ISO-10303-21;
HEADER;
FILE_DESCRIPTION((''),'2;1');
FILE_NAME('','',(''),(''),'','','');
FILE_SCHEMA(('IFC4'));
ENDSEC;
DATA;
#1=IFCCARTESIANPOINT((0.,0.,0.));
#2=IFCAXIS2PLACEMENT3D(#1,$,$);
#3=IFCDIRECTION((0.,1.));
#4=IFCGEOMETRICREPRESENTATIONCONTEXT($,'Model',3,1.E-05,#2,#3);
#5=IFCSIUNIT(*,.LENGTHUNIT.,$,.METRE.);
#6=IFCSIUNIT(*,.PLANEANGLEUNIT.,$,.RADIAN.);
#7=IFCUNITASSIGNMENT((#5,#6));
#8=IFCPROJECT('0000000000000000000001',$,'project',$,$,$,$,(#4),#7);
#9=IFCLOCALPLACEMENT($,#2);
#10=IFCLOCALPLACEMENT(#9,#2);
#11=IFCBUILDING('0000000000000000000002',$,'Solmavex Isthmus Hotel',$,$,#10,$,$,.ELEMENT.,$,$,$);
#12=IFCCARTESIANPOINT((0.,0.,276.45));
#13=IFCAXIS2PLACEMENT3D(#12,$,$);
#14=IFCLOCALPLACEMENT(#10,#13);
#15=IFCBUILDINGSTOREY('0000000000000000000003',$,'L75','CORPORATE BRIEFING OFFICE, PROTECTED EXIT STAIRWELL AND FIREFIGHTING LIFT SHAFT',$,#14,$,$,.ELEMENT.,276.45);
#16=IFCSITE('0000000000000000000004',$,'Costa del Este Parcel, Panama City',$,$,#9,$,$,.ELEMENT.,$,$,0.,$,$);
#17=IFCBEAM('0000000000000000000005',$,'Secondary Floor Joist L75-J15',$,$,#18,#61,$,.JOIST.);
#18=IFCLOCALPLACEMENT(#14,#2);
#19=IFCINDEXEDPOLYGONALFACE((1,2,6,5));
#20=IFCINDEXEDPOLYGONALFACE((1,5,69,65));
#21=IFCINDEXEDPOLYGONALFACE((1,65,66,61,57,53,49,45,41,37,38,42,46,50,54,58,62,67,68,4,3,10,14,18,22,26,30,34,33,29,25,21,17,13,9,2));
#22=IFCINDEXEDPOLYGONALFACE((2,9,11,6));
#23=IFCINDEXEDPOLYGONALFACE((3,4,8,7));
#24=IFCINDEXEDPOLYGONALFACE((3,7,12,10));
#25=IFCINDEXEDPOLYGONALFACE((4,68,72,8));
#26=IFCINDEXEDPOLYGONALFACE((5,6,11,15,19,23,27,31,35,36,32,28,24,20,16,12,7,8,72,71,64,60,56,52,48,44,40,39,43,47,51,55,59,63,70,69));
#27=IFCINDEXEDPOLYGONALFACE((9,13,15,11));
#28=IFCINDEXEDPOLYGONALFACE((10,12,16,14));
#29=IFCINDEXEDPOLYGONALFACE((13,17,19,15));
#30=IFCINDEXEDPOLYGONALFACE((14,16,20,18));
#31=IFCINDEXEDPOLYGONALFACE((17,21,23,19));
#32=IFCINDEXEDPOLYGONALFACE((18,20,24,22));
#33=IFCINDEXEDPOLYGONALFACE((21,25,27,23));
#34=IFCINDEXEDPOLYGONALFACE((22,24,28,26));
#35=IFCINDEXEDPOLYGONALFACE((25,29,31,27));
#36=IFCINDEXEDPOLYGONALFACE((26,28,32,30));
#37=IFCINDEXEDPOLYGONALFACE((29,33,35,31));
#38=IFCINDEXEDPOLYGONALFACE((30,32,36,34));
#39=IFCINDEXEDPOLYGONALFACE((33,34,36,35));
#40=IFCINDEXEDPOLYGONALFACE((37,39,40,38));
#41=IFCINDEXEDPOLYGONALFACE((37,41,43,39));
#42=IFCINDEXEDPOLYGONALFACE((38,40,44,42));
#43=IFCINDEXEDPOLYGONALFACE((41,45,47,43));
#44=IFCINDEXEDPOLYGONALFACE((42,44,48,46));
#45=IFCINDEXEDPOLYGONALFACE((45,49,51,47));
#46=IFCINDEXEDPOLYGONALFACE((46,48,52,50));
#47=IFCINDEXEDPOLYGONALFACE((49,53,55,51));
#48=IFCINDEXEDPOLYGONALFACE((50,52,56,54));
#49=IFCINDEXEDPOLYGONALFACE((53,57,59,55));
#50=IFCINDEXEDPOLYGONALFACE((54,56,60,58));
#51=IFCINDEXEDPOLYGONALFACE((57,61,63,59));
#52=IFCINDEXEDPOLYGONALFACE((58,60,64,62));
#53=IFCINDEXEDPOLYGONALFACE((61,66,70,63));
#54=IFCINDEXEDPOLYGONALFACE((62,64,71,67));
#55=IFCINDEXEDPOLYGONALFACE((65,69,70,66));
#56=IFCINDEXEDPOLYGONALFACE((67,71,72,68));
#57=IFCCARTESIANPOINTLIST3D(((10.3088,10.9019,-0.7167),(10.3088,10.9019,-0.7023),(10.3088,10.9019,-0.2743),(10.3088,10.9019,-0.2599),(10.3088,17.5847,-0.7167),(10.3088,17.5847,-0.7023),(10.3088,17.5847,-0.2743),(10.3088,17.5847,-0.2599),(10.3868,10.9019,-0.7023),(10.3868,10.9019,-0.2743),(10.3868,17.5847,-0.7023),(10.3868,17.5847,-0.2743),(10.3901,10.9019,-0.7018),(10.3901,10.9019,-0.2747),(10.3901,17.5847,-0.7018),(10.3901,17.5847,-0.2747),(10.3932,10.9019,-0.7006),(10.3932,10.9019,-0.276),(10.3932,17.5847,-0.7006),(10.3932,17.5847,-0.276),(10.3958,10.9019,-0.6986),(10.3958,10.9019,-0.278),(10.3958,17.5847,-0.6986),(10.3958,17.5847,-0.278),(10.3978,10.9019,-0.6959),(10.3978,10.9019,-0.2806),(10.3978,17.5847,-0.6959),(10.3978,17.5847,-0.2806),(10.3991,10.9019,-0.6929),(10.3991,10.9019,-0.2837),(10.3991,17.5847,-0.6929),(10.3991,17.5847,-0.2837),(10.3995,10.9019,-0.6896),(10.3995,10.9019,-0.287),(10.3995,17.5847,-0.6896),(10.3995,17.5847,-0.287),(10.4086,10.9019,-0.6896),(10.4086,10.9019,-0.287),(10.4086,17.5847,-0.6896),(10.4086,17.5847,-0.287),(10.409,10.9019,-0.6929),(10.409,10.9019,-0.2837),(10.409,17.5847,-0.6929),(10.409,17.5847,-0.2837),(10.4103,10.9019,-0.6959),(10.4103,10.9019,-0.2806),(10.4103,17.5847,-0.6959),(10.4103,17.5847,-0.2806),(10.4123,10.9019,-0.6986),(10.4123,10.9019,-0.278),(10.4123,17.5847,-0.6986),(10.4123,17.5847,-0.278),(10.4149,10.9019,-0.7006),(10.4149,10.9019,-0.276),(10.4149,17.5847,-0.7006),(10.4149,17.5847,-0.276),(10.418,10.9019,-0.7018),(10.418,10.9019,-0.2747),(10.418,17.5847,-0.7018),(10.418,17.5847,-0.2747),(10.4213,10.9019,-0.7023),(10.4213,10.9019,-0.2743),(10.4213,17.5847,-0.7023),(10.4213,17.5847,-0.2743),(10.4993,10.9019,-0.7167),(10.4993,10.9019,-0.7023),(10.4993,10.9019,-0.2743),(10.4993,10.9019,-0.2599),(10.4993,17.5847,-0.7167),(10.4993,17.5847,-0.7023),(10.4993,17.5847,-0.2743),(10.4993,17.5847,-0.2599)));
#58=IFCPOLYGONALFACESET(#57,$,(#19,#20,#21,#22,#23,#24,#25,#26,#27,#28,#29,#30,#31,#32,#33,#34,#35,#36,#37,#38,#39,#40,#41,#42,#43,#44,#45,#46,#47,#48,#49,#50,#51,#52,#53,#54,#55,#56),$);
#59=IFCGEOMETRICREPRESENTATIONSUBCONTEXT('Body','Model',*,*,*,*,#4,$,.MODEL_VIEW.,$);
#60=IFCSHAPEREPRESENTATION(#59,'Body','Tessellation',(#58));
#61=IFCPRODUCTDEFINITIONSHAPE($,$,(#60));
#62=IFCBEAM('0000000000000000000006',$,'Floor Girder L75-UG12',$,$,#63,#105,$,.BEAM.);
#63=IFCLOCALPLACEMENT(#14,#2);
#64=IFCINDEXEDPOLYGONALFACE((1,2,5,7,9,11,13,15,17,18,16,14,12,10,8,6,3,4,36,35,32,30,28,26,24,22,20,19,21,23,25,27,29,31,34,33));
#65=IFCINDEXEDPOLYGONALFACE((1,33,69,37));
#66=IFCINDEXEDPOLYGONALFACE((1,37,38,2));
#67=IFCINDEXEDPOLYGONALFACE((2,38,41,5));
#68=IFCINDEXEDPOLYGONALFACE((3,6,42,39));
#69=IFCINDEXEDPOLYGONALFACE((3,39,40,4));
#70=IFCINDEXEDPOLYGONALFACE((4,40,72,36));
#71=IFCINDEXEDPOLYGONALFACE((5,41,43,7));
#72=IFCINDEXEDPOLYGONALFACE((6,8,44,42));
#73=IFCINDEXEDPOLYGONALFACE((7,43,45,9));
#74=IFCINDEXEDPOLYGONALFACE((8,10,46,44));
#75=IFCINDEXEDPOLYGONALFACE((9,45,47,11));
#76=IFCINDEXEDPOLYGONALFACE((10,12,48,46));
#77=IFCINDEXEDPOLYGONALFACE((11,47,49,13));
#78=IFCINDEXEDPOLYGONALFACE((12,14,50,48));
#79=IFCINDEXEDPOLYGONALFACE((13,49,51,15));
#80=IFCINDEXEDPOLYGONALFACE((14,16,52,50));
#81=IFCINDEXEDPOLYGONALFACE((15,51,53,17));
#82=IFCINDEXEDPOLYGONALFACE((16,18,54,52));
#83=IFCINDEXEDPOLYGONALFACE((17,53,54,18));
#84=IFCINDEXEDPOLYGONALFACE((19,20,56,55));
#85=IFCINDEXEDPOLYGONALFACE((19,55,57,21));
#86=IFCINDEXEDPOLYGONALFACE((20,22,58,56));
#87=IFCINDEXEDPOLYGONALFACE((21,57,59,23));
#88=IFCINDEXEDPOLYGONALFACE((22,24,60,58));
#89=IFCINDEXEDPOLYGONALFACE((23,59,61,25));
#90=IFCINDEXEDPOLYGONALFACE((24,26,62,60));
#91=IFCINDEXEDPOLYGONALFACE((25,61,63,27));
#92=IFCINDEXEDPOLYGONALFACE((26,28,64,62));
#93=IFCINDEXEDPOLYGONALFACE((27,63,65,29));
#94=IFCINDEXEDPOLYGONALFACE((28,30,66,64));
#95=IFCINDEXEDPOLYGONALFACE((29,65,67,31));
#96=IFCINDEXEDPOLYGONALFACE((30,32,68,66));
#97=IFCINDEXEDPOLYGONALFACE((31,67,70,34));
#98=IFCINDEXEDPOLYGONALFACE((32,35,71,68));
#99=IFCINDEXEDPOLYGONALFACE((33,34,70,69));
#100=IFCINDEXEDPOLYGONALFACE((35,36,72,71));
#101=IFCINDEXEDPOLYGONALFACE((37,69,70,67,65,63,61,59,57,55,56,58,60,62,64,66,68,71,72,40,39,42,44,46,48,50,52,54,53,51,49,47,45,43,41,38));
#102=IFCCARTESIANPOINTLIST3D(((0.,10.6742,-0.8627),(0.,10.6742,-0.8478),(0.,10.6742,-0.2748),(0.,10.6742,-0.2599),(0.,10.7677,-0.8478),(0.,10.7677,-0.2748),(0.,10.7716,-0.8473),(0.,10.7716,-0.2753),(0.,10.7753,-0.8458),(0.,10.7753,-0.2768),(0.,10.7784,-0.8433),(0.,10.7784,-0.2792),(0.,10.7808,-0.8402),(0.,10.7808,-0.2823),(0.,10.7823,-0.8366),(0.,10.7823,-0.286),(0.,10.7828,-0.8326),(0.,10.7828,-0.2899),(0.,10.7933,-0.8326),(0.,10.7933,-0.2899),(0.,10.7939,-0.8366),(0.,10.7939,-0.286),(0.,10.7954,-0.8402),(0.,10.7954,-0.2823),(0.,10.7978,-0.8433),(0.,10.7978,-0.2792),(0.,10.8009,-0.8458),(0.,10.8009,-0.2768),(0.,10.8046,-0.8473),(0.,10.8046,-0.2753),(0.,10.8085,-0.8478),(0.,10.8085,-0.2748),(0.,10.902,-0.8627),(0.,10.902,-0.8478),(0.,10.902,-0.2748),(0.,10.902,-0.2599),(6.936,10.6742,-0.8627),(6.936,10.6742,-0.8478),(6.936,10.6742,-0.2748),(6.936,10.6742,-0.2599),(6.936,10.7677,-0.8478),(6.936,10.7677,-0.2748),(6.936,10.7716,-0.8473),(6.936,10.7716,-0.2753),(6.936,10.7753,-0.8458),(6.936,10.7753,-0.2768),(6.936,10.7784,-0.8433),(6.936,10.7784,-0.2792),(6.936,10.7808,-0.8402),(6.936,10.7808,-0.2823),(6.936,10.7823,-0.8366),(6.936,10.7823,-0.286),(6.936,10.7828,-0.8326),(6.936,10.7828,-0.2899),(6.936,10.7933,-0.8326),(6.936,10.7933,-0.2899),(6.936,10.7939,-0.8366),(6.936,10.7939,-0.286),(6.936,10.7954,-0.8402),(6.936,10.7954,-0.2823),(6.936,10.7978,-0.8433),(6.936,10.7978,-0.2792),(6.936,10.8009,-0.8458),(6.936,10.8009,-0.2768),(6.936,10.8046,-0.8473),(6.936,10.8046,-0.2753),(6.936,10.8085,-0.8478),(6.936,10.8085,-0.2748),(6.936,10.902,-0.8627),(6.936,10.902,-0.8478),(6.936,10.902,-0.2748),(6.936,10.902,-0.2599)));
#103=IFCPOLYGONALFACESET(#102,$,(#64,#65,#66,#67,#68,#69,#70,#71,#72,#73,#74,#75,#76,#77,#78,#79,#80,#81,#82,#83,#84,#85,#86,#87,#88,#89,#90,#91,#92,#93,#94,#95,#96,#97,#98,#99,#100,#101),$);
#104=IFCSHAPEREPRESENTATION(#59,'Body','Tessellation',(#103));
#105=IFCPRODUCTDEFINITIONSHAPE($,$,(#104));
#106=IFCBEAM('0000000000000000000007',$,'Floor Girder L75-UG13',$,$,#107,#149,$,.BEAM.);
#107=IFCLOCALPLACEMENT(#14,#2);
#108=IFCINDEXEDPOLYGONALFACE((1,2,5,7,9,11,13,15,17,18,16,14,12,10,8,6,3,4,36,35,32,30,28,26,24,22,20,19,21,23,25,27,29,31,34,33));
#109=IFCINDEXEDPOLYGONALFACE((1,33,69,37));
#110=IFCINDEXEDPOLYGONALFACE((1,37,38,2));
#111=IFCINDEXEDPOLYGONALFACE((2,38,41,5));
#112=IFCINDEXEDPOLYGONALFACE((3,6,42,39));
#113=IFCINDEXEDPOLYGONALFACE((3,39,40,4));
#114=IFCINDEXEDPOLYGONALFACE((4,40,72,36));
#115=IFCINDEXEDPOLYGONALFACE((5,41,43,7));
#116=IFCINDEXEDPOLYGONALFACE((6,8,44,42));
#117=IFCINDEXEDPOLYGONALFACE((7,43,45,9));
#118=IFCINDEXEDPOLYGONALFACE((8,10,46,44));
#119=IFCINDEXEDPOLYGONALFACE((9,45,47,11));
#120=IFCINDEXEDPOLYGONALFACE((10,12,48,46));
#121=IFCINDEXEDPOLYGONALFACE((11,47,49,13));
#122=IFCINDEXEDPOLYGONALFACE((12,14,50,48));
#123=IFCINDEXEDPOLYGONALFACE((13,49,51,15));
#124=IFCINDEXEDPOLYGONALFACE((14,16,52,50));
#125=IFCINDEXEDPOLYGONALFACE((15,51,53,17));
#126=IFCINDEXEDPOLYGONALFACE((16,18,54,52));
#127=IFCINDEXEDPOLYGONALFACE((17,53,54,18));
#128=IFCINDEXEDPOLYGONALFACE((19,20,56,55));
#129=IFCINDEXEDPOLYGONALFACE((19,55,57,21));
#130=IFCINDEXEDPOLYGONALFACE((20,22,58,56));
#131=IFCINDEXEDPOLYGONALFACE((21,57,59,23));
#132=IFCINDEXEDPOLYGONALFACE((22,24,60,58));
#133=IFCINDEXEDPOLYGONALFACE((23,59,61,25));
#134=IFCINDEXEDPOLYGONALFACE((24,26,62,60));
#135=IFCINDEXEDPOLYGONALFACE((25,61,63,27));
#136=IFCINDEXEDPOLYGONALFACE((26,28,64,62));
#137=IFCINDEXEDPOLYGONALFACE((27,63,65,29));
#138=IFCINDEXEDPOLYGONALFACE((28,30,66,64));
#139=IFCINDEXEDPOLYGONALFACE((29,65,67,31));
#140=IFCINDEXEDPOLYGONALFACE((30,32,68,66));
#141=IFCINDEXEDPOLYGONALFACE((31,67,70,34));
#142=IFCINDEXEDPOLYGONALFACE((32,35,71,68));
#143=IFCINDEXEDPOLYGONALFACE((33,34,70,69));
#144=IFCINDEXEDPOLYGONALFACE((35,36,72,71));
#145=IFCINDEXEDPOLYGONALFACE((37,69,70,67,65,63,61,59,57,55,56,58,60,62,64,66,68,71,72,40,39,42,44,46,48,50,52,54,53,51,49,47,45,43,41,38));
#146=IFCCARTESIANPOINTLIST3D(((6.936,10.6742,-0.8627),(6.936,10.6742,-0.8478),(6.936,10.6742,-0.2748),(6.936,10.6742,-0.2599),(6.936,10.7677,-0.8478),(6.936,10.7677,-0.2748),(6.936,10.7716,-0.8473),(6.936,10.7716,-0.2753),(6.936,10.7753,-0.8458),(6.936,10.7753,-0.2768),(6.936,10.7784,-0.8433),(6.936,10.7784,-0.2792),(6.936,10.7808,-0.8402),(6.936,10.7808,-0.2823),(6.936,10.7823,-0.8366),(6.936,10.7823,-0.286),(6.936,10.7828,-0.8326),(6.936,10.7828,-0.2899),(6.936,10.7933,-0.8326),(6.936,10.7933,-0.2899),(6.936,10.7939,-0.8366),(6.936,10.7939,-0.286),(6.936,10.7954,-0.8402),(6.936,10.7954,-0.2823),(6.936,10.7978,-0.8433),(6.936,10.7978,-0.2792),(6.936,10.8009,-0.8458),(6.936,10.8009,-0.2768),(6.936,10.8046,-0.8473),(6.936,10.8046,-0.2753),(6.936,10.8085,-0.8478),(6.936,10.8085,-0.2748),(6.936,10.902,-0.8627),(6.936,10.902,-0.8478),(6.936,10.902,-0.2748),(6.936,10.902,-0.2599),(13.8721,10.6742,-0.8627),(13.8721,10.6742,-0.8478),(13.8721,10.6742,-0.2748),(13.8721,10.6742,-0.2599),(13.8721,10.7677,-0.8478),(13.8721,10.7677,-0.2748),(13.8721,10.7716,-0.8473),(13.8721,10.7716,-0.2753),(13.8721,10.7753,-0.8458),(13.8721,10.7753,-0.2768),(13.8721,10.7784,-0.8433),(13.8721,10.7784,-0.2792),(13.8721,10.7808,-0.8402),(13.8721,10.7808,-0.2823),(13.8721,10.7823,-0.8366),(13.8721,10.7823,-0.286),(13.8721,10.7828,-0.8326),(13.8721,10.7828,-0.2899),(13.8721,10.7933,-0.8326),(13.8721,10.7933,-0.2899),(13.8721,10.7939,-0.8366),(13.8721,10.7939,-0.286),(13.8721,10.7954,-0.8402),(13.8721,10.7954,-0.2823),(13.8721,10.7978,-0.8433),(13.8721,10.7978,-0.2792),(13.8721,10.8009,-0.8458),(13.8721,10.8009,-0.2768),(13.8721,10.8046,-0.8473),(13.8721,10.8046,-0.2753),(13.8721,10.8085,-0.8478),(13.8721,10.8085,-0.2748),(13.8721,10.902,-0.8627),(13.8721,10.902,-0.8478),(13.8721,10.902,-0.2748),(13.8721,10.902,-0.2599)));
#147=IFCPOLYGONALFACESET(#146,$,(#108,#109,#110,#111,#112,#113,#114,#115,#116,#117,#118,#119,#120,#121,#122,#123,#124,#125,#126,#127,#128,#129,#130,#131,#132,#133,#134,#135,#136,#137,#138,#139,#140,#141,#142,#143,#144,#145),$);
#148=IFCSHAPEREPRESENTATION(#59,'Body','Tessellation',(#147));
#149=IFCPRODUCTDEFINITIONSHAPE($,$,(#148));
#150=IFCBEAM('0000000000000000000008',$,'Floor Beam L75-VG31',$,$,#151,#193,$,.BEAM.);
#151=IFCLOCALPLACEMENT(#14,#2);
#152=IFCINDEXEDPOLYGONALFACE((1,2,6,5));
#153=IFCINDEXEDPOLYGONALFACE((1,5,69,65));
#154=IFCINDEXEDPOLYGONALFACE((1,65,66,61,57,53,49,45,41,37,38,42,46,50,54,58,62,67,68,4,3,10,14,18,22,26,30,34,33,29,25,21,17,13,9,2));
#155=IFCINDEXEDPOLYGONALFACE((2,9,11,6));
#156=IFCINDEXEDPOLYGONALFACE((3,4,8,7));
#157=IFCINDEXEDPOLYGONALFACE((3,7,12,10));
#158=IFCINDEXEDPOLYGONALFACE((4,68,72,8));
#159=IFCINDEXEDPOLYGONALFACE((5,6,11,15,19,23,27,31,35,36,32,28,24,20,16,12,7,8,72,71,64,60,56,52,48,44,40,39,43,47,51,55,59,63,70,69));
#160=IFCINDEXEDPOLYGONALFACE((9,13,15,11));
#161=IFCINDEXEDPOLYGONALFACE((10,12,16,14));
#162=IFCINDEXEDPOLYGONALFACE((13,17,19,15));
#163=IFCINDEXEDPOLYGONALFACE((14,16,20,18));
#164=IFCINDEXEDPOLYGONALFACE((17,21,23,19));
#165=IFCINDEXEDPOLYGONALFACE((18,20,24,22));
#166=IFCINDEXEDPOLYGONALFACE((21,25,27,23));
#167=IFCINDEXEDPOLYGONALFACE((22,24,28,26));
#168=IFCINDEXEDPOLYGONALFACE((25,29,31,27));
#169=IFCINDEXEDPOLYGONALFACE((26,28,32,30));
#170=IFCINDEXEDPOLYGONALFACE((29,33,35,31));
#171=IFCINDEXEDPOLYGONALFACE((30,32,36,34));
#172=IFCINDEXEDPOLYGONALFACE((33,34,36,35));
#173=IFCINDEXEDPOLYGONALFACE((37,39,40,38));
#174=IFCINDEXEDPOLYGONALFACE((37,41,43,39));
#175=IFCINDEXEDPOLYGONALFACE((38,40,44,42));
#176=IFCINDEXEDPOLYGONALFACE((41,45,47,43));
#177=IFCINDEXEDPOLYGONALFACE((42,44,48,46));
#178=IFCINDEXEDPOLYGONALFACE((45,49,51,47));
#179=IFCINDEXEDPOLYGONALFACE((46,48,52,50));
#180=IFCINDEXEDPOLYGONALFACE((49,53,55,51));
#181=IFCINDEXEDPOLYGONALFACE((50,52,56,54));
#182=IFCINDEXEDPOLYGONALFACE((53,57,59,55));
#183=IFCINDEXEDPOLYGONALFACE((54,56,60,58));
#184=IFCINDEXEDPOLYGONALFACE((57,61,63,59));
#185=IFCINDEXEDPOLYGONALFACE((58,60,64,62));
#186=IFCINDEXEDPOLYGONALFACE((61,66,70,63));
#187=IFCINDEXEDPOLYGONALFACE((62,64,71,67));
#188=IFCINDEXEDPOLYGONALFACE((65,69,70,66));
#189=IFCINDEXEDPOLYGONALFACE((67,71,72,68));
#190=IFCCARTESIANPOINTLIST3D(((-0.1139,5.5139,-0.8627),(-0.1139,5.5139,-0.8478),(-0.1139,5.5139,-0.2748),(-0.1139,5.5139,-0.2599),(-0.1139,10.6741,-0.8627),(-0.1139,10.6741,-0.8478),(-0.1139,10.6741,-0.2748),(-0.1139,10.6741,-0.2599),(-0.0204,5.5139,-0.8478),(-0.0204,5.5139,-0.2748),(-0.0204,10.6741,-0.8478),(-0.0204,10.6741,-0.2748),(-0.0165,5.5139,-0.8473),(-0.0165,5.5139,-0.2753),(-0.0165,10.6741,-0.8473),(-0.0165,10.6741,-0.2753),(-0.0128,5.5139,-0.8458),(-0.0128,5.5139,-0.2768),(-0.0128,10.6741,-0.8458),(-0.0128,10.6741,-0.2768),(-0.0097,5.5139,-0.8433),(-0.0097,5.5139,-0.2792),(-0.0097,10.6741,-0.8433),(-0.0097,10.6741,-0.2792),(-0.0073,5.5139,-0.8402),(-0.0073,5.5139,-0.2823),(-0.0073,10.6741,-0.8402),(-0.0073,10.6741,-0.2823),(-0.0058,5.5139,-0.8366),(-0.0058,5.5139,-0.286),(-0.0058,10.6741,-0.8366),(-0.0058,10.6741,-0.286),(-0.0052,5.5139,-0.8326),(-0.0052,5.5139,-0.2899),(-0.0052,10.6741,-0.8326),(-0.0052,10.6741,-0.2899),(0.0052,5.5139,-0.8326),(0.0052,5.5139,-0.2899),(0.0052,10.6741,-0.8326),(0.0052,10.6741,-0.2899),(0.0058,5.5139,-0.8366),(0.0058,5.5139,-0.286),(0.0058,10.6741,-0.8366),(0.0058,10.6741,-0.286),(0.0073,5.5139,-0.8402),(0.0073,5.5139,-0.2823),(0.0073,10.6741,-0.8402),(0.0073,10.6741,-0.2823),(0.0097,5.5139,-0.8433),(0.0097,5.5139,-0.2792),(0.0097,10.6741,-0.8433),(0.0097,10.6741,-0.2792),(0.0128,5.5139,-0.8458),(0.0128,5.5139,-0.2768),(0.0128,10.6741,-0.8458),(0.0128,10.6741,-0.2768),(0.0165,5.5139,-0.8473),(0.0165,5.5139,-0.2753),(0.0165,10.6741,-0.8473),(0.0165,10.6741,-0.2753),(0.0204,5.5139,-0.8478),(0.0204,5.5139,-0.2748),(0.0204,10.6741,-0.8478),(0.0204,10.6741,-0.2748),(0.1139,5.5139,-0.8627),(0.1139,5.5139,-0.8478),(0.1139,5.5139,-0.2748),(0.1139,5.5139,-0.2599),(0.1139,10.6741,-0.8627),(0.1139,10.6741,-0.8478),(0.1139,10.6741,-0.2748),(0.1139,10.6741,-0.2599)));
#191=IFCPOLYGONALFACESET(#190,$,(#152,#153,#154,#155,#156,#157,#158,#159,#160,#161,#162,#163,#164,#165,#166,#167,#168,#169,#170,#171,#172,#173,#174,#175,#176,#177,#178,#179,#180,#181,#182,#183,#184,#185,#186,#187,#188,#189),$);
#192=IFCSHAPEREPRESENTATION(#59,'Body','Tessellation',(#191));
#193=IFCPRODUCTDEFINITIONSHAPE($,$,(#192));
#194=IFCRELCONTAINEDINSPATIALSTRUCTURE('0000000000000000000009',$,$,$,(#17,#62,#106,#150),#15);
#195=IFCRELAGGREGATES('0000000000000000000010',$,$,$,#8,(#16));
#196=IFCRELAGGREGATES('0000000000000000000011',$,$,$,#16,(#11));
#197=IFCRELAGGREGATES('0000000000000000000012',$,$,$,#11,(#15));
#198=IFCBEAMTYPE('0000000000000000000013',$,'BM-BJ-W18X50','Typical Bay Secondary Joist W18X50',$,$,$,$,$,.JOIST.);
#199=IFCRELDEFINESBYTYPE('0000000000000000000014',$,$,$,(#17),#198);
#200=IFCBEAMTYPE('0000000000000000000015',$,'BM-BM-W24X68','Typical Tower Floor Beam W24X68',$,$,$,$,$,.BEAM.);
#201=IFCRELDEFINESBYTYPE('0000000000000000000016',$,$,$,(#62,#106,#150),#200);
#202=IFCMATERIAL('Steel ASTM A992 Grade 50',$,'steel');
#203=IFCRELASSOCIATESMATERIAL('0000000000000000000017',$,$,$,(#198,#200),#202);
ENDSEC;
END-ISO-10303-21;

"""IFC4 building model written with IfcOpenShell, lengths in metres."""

from ifc_helpers import new_model, si_unit, direction, frame, origin, origin_2d, place, context, subcontext, project, spatial, i_section, extrude, material, material_profile, profile_set, type_object, element, save


model = new_model("IFC4")

# Units and contexts
model_context = context("Model", 3, precision=1e-05, world=origin(), true_north=direction((0.0, 1.0)))
body_context = subcontext(model_context, "Body", "Model", "MODEL_VIEW")
ifc_project = project(units=[si_unit("LENGTHUNIT", "METRE"), si_unit("PLANEANGLEUNIT", "RADIAN")], contexts=[model_context])

# Site, building, storey
site_placement = place(None, origin())
site = spatial("IfcSite", under=ifc_project, at=site_placement, Name="Costa del Este Parcel, Panama City", CompositionType="ELEMENT", RefElevation=0.0)
building_placement = place(site_placement, origin())
building = spatial("IfcBuilding", under=site, at=building_placement, Name="Solmavex Isthmus Hotel", CompositionType="ELEMENT")
storey_placement = place(building_placement, frame((0.0, 0.0, 276.45)))
storey = spatial("IfcBuildingStorey", under=building, at=storey_placement, Name="L75", Description="CORPORATE BRIEFING OFFICE, PROTECTED EXIT STAIRWELL AND FIREFIGHTING LIFT SHAFT", CompositionType="ELEMENT", Elevation=276.45)

# Beams
ifc_material_1 = material(Name="Steel ASTM A992 Grade 50", Category="steel")
ifc_material_profile_1 = material_profile(ifc_material_1, i_section(OverallWidth=0.1904, OverallDepth=0.4568, WebThickness=0.009, FlangeThickness=0.0144, FilletRadius=0.0127, at=origin_2d()), Name="W18X50")
ifc_profile_set_1 = profile_set([ifc_material_profile_1], Name="Steel ASTM A992 Grade 50")
beam_type_1 = type_object("IfcBeamType", Name="BM-BJ-W18X50", Description="Typical Bay Secondary Joist W18X50", PredefinedType="JOIST", material=ifc_profile_set_1)
beam_1_placement = place(storey_placement, frame((10.4041, 10.9019, -0.4883), z_axis=(0.0, 1.0, 0.0), x_axis=(-1.0, 0.0, 0.0)))
element("IfcBeam", 1, at=beam_1_placement, inside=storey, type_object=beam_type_1, Name="Secondary Floor Joist L75-J15", PredefinedType="JOIST", context=body_context, shape_type="SweptSolid", body=[
    extrude(i_section(OverallWidth=0.1904, OverallDepth=0.4568, WebThickness=0.009, FlangeThickness=0.0144, FilletRadius=0.0127, at=origin_2d()), origin(), (0.0, 0.0, 1.0), 6.6829),
])
ifc_material_profile_2 = material_profile(ifc_material_1, i_section(OverallWidth=0.2278, OverallDepth=0.6028, WebThickness=0.0105, FlangeThickness=0.0149, FilletRadius=0.0151, at=origin_2d()), Name="W24X68")
ifc_profile_set_2 = profile_set([ifc_material_profile_2], Name="Steel ASTM A992 Grade 50")
beam_type_2 = type_object("IfcBeamType", Name="BM-BM-W24X68", Description="Typical Tower Floor Beam W24X68", PredefinedType="BEAM", material=ifc_profile_set_2)
for number, where, z_axis, x_axis, name in (
    (2, (0.0, 10.7881, -0.5613), (1.0, 0.0, 0.0), (0.0, 1.0, 0.0), "Floor Girder L75-UG12"),
    (3, (6.936, 10.7881, -0.5613), (1.0, 0.0, 0.0), (0.0, 1.0, 0.0), "Floor Girder L75-UG13"),
):
    element("IfcBeam", number, at=place(storey_placement, frame(where, z_axis=z_axis, x_axis=x_axis)), inside=storey, type_object=beam_type_2, Name=name, PredefinedType="BEAM", context=body_context, shape_type="SweptSolid", body=[
        extrude(i_section(OverallWidth=0.2278, OverallDepth=0.6028, WebThickness=0.0105, FlangeThickness=0.0149, FilletRadius=0.0151, at=origin_2d()), origin(), (0.0, 0.0, 1.0), 6.936),
    ])
beam_2_placement = place(storey_placement, frame((0.0, 5.5139, -0.5613), z_axis=(0.0, 1.0, 0.0), x_axis=(-1.0, 0.0, 0.0)))
element("IfcBeam", 4, at=beam_2_placement, inside=storey, type_object=beam_type_2, Name="Floor Beam L75-VG31", PredefinedType="BEAM", context=body_context, shape_type="SweptSolid", body=[
    extrude(i_section(OverallWidth=0.2278, OverallDepth=0.6028, WebThickness=0.0105, FlangeThickness=0.0149, FilletRadius=0.0151, at=origin_2d()), origin(), (0.0, 0.0, 1.0), 5.1602),
])

save(model, "model.ifc")
